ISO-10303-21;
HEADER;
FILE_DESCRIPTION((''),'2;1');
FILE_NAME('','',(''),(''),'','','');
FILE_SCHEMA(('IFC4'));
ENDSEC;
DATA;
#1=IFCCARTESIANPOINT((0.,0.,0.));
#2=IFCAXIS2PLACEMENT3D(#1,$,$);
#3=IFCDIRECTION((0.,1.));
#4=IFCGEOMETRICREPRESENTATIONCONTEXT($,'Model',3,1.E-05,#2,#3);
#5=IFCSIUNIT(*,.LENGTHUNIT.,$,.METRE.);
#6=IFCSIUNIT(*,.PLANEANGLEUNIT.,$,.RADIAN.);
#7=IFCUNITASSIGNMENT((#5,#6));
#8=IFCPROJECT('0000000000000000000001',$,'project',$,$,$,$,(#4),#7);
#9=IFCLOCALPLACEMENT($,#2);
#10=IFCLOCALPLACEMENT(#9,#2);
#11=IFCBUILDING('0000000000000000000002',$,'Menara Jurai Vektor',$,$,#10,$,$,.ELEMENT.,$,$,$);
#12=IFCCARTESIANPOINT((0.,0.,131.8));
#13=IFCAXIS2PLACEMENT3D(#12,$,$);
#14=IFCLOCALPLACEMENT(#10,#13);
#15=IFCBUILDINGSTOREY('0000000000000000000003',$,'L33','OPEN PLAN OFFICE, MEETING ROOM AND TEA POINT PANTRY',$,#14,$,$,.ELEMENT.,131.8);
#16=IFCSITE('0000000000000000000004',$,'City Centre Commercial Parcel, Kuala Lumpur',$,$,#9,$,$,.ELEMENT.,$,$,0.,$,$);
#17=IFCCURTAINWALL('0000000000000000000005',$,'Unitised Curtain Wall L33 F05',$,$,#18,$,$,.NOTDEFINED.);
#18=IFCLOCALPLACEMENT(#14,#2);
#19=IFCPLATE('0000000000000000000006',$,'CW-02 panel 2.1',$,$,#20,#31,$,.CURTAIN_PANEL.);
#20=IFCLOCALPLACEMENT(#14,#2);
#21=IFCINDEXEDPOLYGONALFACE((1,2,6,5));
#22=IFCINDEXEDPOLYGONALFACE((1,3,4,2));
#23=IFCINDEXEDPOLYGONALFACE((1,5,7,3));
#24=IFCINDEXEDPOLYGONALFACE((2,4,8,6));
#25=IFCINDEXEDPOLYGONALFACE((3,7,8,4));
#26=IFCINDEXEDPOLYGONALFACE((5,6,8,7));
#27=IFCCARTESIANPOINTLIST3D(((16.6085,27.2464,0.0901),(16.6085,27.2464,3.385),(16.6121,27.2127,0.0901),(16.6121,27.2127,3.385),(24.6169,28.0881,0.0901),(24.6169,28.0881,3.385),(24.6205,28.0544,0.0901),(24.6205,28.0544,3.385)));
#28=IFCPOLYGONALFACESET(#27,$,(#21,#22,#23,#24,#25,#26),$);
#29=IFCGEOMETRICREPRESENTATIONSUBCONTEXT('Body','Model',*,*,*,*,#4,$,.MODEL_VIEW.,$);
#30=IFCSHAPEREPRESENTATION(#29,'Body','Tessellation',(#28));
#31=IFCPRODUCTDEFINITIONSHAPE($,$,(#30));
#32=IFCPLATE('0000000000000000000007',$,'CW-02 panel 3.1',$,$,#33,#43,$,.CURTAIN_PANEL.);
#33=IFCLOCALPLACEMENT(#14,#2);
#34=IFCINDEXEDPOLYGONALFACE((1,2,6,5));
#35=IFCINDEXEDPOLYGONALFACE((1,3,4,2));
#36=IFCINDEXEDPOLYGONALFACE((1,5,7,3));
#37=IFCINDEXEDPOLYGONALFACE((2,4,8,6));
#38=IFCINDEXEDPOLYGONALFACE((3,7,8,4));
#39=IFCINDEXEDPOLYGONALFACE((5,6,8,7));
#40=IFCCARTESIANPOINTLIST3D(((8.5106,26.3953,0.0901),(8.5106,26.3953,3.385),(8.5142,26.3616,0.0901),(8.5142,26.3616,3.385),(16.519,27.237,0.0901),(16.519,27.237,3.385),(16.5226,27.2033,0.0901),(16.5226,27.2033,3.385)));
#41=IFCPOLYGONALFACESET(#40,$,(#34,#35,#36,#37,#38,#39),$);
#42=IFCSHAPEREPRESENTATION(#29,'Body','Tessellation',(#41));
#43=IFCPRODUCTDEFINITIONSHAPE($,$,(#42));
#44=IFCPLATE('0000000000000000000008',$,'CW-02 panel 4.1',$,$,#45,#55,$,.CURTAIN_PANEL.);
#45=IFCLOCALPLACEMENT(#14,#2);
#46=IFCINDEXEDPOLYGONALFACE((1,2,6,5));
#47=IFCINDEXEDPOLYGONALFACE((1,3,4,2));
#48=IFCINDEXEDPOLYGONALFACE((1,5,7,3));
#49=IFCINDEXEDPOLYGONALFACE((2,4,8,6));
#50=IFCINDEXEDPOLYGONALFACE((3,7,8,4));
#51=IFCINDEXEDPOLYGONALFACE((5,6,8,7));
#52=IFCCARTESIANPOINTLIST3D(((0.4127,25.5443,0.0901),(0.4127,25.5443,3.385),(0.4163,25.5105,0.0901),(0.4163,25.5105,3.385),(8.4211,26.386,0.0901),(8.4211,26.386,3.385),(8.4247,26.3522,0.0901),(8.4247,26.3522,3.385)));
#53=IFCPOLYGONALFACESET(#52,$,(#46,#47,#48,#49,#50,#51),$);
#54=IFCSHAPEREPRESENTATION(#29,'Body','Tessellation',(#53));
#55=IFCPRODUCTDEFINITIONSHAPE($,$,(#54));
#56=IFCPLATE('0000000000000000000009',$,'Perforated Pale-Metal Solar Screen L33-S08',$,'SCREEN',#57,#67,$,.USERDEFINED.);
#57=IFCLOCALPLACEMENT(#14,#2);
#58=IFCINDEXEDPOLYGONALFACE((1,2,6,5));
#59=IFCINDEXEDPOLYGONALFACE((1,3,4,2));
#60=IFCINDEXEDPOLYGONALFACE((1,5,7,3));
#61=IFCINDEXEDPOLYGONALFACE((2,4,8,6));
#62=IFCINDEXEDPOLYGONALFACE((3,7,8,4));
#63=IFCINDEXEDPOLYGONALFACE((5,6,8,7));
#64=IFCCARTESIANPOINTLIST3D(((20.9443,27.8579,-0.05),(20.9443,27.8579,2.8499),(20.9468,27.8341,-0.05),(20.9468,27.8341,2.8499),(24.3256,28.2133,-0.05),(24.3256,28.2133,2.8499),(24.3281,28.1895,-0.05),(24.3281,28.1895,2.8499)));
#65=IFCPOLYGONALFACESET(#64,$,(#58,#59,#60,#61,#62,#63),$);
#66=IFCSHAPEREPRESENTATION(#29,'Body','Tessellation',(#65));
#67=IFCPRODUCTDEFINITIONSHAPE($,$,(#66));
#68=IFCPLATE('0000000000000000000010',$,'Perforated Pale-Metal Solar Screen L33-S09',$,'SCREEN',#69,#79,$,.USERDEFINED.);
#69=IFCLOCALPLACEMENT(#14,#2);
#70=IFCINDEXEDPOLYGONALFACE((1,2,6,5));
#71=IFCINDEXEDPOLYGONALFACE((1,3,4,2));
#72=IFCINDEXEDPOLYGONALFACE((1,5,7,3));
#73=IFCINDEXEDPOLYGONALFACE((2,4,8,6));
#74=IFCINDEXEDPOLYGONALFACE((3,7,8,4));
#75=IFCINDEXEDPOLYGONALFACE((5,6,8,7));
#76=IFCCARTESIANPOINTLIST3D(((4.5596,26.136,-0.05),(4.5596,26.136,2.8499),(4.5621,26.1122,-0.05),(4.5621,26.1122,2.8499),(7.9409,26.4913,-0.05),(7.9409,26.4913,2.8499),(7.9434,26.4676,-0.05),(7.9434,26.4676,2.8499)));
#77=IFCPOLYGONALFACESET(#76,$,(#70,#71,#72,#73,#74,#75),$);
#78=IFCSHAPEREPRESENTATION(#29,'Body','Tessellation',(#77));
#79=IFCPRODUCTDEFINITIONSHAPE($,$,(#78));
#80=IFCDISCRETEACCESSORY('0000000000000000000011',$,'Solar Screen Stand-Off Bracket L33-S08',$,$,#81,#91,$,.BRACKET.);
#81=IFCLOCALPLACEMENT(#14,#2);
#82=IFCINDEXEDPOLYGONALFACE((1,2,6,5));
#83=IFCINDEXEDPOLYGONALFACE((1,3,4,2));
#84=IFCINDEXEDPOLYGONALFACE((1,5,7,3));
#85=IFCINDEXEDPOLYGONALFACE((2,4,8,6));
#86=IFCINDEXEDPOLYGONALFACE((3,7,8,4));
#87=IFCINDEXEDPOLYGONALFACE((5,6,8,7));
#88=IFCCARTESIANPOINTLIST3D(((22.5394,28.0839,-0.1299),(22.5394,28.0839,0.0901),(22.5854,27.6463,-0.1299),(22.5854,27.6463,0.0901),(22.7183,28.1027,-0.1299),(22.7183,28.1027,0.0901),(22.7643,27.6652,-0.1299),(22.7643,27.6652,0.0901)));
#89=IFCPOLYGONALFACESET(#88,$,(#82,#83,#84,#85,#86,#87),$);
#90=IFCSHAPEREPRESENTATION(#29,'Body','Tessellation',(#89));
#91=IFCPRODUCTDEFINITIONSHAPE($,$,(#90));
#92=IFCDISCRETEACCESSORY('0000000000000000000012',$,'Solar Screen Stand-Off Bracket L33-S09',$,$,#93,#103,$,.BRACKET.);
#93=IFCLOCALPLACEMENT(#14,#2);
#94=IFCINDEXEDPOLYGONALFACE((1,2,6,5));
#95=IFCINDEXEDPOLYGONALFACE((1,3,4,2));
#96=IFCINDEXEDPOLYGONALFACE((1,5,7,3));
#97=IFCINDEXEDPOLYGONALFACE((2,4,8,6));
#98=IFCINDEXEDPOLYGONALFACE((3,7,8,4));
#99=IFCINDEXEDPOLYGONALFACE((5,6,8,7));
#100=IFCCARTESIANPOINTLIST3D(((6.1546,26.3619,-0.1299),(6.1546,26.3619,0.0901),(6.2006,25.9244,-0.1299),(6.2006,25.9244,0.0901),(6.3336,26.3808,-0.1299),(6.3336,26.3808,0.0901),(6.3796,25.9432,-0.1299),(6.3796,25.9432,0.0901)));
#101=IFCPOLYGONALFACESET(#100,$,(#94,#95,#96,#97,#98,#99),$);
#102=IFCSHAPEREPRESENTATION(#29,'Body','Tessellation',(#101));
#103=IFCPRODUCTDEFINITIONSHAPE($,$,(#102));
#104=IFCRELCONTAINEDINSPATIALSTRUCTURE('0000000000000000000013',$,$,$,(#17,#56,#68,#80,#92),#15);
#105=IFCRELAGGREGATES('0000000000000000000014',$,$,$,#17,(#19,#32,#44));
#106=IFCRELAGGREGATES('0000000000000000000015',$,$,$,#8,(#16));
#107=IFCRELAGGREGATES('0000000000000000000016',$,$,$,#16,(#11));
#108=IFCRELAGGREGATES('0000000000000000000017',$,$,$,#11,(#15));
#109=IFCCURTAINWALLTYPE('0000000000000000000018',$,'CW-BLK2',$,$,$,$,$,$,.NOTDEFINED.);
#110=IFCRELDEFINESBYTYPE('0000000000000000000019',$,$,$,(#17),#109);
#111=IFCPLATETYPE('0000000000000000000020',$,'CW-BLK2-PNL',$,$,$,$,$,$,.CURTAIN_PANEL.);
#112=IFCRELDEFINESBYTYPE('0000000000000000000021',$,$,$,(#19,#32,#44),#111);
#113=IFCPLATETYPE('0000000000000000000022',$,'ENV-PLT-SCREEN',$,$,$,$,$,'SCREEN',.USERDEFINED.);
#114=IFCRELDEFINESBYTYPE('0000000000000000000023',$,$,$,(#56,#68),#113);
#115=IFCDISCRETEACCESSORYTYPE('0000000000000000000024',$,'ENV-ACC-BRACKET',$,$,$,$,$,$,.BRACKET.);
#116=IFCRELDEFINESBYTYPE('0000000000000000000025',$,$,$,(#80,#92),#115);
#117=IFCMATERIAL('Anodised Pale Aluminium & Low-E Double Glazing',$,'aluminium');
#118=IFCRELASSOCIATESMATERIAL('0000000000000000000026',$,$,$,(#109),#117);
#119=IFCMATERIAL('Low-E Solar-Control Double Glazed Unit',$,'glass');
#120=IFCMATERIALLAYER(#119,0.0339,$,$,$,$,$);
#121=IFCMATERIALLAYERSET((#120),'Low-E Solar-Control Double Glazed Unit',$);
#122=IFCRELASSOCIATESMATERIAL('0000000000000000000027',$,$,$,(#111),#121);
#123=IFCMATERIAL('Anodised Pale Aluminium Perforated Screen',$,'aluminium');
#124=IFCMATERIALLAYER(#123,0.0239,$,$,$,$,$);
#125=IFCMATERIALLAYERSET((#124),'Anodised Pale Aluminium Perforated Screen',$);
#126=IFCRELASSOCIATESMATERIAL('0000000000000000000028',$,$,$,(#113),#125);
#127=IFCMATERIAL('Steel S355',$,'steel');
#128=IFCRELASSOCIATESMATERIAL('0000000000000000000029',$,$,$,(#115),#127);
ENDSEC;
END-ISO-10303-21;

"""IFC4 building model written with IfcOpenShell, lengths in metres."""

from ifc_helpers import new_model, si_unit, direction, frame, origin, origin_2d, place, context, subcontext, project, spatial, rectangle, extrude, material, layer, layer_set, type_object, element, aggregate, save


model = new_model("IFC4")

# Units and contexts
model_context = context("Model", 3, precision=1e-05, world=origin(), true_north=direction((0.0, 1.0)))
body_context = subcontext(model_context, "Body", "Model", "MODEL_VIEW")
ifc_project = project(units=[si_unit("LENGTHUNIT", "METRE"), si_unit("PLANEANGLEUNIT", "RADIAN")], contexts=[model_context])

# Site, building, storey
site_placement = place(None, origin())
site = spatial("IfcSite", under=ifc_project, at=site_placement, Name="City Centre Commercial Parcel, Kuala Lumpur", CompositionType="ELEMENT", RefElevation=0.0)
building_placement = place(site_placement, origin())
building = spatial("IfcBuilding", under=site, at=building_placement, Name="Menara Jurai Vektor", CompositionType="ELEMENT")
storey_placement = place(building_placement, frame((0.0, 0.0, 131.8)))
storey = spatial("IfcBuildingStorey", under=building, at=storey_placement, Name="L33", Description="OPEN PLAN OFFICE, MEETING ROOM AND TEA POINT PANTRY", CompositionType="ELEMENT", Elevation=131.8)

# Curtain wall
ifc_material_1 = material(Name="Anodised Pale Aluminium & Low-E Double Glazing", Category="aluminium")
curtain_wall_type = type_object("IfcCurtainWallType", Name="CW-BLK2", PredefinedType="NOTDEFINED", material=ifc_material_1)
curtain_wall_placement = place(storey_placement, origin())
curtain_wall = element("IfcCurtainWall", 1, at=curtain_wall_placement, inside=storey, type_object=curtain_wall_type, Name="Unitised Curtain Wall L33 F05", PredefinedType="NOTDEFINED")

# Shared definitions
ifc_material_2 = material(Name="Steel S355", Category="steel")

# Plates
ifc_material_3 = material(Name="Low-E Solar-Control Double Glazed Unit", Category="glass")
ifc_layer_1 = layer(ifc_material_3, 0.0339)
ifc_layer_set_1 = layer_set([ifc_layer_1], Name="Low-E Solar-Control Double Glazed Unit")
plate_type_1 = type_object("IfcPlateType", Name="CW-BLK2-PNL", PredefinedType="CURTAIN_PANEL", material=ifc_layer_set_1)
plate_1_placement = place(storey_placement, frame((20.6145, 27.6504, 0.0901), z_axis=(0.0, 0.0, 1.0), x_axis=(-0.994522, -0.104529, 0.0)))
plate_1 = element("IfcPlate", 2, at=plate_1_placement, type_object=plate_type_1, Name="CW-02 panel 2.1", PredefinedType="CURTAIN_PANEL", context=body_context, shape_type="SweptSolid", body=[
    extrude(rectangle(XDim=8.0525, YDim=0.0339, at=origin_2d()), origin(), (0.0, 0.0, 1.0), 3.2949),
])
plate_2_placement = place(storey_placement, frame((12.5166, 26.7993, 0.0901), z_axis=(0.0, 0.0, 1.0), x_axis=(-0.994522, -0.104529, 0.0)))
plate_2 = element("IfcPlate", 3, at=plate_2_placement, type_object=plate_type_1, Name="CW-02 panel 3.1", PredefinedType="CURTAIN_PANEL", context=body_context, shape_type="SweptSolid", body=[
    extrude(rectangle(XDim=8.0525, YDim=0.0339, at=origin_2d()), origin(), (0.0, 0.0, 1.0), 3.2949),
])
plate_3_placement = place(storey_placement, frame((4.4187, 25.9482, 0.0901), z_axis=(0.0, 0.0, 1.0), x_axis=(-0.994522, -0.104529, 0.0)))
plate_3 = element("IfcPlate", 4, at=plate_3_placement, type_object=plate_type_1, Name="CW-02 panel 4.1", PredefinedType="CURTAIN_PANEL", context=body_context, shape_type="SweptSolid", body=[
    extrude(rectangle(XDim=8.0525, YDim=0.0339, at=origin_2d()), origin(), (0.0, 0.0, 1.0), 3.2949),
])
aggregate(curtain_wall, [plate_1, plate_2, plate_3])

# Plates
ifc_material_4 = material(Name="Anodised Pale Aluminium Perforated Screen", Category="aluminium")
ifc_layer_2 = layer(ifc_material_4, 0.0239)
ifc_layer_set_2 = layer_set([ifc_layer_2], Name="Anodised Pale Aluminium Perforated Screen")
plate_type_2 = type_object("IfcPlateType", Name="ENV-PLT-SCREEN", ElementType="SCREEN", PredefinedType="USERDEFINED", material=ifc_layer_set_2)
for number, where, z_axis, x_axis, name in (
    (5, (22.6362, 28.0237, -0.05), (0.0, 0.0, 1.0), (-0.994522, -0.104528, 0.0), "Perforated Pale-Metal Solar Screen L33-S08"),
    (6, (6.2515, 26.3018, -0.05), (0.0, 0.0, 1.0), (-0.994522, -0.104528, 0.0), "Perforated Pale-Metal Solar Screen L33-S09"),
):
    element("IfcPlate", number, at=place(storey_placement, frame(where, z_axis=z_axis, x_axis=x_axis)), inside=storey, type_object=plate_type_2, Name=name, ObjectType="SCREEN", PredefinedType="USERDEFINED", context=body_context, shape_type="SweptSolid", body=[
        extrude(rectangle(XDim=3.3999, YDim=0.0239, at=origin_2d()), origin(), (0.0, 0.0, 1.0), 2.8999),
    ])

# Discrete accessories
discrete_accessory_type = type_object("IfcDiscreteAccessoryType", Name="ENV-ACC-BRACKET", PredefinedType="BRACKET", material=ifc_material_2)
for number, where, z_axis, x_axis, name in (
    (7, (22.6519, 27.8745, -0.1299), (0.0, 0.0, 1.0), (-0.994522, -0.104528, 0.0), "Solar Screen Stand-Off Bracket L33-S08"),
    (8, (6.2671, 26.1526, -0.1299), (0.0, 0.0, 1.0), (-0.994522, -0.104528, 0.0), "Solar Screen Stand-Off Bracket L33-S09"),
):
    element("IfcDiscreteAccessory", number, at=place(storey_placement, frame(where, z_axis=z_axis, x_axis=x_axis)), inside=storey, type_object=discrete_accessory_type, Name=name, PredefinedType="BRACKET", context=body_context, shape_type="SweptSolid", body=[
        extrude(rectangle(XDim=0.1799, YDim=0.4399, at=origin_2d()), origin(), (0.0, 0.0, 1.0), 0.22),
    ])

save(model, "model.ifc")
